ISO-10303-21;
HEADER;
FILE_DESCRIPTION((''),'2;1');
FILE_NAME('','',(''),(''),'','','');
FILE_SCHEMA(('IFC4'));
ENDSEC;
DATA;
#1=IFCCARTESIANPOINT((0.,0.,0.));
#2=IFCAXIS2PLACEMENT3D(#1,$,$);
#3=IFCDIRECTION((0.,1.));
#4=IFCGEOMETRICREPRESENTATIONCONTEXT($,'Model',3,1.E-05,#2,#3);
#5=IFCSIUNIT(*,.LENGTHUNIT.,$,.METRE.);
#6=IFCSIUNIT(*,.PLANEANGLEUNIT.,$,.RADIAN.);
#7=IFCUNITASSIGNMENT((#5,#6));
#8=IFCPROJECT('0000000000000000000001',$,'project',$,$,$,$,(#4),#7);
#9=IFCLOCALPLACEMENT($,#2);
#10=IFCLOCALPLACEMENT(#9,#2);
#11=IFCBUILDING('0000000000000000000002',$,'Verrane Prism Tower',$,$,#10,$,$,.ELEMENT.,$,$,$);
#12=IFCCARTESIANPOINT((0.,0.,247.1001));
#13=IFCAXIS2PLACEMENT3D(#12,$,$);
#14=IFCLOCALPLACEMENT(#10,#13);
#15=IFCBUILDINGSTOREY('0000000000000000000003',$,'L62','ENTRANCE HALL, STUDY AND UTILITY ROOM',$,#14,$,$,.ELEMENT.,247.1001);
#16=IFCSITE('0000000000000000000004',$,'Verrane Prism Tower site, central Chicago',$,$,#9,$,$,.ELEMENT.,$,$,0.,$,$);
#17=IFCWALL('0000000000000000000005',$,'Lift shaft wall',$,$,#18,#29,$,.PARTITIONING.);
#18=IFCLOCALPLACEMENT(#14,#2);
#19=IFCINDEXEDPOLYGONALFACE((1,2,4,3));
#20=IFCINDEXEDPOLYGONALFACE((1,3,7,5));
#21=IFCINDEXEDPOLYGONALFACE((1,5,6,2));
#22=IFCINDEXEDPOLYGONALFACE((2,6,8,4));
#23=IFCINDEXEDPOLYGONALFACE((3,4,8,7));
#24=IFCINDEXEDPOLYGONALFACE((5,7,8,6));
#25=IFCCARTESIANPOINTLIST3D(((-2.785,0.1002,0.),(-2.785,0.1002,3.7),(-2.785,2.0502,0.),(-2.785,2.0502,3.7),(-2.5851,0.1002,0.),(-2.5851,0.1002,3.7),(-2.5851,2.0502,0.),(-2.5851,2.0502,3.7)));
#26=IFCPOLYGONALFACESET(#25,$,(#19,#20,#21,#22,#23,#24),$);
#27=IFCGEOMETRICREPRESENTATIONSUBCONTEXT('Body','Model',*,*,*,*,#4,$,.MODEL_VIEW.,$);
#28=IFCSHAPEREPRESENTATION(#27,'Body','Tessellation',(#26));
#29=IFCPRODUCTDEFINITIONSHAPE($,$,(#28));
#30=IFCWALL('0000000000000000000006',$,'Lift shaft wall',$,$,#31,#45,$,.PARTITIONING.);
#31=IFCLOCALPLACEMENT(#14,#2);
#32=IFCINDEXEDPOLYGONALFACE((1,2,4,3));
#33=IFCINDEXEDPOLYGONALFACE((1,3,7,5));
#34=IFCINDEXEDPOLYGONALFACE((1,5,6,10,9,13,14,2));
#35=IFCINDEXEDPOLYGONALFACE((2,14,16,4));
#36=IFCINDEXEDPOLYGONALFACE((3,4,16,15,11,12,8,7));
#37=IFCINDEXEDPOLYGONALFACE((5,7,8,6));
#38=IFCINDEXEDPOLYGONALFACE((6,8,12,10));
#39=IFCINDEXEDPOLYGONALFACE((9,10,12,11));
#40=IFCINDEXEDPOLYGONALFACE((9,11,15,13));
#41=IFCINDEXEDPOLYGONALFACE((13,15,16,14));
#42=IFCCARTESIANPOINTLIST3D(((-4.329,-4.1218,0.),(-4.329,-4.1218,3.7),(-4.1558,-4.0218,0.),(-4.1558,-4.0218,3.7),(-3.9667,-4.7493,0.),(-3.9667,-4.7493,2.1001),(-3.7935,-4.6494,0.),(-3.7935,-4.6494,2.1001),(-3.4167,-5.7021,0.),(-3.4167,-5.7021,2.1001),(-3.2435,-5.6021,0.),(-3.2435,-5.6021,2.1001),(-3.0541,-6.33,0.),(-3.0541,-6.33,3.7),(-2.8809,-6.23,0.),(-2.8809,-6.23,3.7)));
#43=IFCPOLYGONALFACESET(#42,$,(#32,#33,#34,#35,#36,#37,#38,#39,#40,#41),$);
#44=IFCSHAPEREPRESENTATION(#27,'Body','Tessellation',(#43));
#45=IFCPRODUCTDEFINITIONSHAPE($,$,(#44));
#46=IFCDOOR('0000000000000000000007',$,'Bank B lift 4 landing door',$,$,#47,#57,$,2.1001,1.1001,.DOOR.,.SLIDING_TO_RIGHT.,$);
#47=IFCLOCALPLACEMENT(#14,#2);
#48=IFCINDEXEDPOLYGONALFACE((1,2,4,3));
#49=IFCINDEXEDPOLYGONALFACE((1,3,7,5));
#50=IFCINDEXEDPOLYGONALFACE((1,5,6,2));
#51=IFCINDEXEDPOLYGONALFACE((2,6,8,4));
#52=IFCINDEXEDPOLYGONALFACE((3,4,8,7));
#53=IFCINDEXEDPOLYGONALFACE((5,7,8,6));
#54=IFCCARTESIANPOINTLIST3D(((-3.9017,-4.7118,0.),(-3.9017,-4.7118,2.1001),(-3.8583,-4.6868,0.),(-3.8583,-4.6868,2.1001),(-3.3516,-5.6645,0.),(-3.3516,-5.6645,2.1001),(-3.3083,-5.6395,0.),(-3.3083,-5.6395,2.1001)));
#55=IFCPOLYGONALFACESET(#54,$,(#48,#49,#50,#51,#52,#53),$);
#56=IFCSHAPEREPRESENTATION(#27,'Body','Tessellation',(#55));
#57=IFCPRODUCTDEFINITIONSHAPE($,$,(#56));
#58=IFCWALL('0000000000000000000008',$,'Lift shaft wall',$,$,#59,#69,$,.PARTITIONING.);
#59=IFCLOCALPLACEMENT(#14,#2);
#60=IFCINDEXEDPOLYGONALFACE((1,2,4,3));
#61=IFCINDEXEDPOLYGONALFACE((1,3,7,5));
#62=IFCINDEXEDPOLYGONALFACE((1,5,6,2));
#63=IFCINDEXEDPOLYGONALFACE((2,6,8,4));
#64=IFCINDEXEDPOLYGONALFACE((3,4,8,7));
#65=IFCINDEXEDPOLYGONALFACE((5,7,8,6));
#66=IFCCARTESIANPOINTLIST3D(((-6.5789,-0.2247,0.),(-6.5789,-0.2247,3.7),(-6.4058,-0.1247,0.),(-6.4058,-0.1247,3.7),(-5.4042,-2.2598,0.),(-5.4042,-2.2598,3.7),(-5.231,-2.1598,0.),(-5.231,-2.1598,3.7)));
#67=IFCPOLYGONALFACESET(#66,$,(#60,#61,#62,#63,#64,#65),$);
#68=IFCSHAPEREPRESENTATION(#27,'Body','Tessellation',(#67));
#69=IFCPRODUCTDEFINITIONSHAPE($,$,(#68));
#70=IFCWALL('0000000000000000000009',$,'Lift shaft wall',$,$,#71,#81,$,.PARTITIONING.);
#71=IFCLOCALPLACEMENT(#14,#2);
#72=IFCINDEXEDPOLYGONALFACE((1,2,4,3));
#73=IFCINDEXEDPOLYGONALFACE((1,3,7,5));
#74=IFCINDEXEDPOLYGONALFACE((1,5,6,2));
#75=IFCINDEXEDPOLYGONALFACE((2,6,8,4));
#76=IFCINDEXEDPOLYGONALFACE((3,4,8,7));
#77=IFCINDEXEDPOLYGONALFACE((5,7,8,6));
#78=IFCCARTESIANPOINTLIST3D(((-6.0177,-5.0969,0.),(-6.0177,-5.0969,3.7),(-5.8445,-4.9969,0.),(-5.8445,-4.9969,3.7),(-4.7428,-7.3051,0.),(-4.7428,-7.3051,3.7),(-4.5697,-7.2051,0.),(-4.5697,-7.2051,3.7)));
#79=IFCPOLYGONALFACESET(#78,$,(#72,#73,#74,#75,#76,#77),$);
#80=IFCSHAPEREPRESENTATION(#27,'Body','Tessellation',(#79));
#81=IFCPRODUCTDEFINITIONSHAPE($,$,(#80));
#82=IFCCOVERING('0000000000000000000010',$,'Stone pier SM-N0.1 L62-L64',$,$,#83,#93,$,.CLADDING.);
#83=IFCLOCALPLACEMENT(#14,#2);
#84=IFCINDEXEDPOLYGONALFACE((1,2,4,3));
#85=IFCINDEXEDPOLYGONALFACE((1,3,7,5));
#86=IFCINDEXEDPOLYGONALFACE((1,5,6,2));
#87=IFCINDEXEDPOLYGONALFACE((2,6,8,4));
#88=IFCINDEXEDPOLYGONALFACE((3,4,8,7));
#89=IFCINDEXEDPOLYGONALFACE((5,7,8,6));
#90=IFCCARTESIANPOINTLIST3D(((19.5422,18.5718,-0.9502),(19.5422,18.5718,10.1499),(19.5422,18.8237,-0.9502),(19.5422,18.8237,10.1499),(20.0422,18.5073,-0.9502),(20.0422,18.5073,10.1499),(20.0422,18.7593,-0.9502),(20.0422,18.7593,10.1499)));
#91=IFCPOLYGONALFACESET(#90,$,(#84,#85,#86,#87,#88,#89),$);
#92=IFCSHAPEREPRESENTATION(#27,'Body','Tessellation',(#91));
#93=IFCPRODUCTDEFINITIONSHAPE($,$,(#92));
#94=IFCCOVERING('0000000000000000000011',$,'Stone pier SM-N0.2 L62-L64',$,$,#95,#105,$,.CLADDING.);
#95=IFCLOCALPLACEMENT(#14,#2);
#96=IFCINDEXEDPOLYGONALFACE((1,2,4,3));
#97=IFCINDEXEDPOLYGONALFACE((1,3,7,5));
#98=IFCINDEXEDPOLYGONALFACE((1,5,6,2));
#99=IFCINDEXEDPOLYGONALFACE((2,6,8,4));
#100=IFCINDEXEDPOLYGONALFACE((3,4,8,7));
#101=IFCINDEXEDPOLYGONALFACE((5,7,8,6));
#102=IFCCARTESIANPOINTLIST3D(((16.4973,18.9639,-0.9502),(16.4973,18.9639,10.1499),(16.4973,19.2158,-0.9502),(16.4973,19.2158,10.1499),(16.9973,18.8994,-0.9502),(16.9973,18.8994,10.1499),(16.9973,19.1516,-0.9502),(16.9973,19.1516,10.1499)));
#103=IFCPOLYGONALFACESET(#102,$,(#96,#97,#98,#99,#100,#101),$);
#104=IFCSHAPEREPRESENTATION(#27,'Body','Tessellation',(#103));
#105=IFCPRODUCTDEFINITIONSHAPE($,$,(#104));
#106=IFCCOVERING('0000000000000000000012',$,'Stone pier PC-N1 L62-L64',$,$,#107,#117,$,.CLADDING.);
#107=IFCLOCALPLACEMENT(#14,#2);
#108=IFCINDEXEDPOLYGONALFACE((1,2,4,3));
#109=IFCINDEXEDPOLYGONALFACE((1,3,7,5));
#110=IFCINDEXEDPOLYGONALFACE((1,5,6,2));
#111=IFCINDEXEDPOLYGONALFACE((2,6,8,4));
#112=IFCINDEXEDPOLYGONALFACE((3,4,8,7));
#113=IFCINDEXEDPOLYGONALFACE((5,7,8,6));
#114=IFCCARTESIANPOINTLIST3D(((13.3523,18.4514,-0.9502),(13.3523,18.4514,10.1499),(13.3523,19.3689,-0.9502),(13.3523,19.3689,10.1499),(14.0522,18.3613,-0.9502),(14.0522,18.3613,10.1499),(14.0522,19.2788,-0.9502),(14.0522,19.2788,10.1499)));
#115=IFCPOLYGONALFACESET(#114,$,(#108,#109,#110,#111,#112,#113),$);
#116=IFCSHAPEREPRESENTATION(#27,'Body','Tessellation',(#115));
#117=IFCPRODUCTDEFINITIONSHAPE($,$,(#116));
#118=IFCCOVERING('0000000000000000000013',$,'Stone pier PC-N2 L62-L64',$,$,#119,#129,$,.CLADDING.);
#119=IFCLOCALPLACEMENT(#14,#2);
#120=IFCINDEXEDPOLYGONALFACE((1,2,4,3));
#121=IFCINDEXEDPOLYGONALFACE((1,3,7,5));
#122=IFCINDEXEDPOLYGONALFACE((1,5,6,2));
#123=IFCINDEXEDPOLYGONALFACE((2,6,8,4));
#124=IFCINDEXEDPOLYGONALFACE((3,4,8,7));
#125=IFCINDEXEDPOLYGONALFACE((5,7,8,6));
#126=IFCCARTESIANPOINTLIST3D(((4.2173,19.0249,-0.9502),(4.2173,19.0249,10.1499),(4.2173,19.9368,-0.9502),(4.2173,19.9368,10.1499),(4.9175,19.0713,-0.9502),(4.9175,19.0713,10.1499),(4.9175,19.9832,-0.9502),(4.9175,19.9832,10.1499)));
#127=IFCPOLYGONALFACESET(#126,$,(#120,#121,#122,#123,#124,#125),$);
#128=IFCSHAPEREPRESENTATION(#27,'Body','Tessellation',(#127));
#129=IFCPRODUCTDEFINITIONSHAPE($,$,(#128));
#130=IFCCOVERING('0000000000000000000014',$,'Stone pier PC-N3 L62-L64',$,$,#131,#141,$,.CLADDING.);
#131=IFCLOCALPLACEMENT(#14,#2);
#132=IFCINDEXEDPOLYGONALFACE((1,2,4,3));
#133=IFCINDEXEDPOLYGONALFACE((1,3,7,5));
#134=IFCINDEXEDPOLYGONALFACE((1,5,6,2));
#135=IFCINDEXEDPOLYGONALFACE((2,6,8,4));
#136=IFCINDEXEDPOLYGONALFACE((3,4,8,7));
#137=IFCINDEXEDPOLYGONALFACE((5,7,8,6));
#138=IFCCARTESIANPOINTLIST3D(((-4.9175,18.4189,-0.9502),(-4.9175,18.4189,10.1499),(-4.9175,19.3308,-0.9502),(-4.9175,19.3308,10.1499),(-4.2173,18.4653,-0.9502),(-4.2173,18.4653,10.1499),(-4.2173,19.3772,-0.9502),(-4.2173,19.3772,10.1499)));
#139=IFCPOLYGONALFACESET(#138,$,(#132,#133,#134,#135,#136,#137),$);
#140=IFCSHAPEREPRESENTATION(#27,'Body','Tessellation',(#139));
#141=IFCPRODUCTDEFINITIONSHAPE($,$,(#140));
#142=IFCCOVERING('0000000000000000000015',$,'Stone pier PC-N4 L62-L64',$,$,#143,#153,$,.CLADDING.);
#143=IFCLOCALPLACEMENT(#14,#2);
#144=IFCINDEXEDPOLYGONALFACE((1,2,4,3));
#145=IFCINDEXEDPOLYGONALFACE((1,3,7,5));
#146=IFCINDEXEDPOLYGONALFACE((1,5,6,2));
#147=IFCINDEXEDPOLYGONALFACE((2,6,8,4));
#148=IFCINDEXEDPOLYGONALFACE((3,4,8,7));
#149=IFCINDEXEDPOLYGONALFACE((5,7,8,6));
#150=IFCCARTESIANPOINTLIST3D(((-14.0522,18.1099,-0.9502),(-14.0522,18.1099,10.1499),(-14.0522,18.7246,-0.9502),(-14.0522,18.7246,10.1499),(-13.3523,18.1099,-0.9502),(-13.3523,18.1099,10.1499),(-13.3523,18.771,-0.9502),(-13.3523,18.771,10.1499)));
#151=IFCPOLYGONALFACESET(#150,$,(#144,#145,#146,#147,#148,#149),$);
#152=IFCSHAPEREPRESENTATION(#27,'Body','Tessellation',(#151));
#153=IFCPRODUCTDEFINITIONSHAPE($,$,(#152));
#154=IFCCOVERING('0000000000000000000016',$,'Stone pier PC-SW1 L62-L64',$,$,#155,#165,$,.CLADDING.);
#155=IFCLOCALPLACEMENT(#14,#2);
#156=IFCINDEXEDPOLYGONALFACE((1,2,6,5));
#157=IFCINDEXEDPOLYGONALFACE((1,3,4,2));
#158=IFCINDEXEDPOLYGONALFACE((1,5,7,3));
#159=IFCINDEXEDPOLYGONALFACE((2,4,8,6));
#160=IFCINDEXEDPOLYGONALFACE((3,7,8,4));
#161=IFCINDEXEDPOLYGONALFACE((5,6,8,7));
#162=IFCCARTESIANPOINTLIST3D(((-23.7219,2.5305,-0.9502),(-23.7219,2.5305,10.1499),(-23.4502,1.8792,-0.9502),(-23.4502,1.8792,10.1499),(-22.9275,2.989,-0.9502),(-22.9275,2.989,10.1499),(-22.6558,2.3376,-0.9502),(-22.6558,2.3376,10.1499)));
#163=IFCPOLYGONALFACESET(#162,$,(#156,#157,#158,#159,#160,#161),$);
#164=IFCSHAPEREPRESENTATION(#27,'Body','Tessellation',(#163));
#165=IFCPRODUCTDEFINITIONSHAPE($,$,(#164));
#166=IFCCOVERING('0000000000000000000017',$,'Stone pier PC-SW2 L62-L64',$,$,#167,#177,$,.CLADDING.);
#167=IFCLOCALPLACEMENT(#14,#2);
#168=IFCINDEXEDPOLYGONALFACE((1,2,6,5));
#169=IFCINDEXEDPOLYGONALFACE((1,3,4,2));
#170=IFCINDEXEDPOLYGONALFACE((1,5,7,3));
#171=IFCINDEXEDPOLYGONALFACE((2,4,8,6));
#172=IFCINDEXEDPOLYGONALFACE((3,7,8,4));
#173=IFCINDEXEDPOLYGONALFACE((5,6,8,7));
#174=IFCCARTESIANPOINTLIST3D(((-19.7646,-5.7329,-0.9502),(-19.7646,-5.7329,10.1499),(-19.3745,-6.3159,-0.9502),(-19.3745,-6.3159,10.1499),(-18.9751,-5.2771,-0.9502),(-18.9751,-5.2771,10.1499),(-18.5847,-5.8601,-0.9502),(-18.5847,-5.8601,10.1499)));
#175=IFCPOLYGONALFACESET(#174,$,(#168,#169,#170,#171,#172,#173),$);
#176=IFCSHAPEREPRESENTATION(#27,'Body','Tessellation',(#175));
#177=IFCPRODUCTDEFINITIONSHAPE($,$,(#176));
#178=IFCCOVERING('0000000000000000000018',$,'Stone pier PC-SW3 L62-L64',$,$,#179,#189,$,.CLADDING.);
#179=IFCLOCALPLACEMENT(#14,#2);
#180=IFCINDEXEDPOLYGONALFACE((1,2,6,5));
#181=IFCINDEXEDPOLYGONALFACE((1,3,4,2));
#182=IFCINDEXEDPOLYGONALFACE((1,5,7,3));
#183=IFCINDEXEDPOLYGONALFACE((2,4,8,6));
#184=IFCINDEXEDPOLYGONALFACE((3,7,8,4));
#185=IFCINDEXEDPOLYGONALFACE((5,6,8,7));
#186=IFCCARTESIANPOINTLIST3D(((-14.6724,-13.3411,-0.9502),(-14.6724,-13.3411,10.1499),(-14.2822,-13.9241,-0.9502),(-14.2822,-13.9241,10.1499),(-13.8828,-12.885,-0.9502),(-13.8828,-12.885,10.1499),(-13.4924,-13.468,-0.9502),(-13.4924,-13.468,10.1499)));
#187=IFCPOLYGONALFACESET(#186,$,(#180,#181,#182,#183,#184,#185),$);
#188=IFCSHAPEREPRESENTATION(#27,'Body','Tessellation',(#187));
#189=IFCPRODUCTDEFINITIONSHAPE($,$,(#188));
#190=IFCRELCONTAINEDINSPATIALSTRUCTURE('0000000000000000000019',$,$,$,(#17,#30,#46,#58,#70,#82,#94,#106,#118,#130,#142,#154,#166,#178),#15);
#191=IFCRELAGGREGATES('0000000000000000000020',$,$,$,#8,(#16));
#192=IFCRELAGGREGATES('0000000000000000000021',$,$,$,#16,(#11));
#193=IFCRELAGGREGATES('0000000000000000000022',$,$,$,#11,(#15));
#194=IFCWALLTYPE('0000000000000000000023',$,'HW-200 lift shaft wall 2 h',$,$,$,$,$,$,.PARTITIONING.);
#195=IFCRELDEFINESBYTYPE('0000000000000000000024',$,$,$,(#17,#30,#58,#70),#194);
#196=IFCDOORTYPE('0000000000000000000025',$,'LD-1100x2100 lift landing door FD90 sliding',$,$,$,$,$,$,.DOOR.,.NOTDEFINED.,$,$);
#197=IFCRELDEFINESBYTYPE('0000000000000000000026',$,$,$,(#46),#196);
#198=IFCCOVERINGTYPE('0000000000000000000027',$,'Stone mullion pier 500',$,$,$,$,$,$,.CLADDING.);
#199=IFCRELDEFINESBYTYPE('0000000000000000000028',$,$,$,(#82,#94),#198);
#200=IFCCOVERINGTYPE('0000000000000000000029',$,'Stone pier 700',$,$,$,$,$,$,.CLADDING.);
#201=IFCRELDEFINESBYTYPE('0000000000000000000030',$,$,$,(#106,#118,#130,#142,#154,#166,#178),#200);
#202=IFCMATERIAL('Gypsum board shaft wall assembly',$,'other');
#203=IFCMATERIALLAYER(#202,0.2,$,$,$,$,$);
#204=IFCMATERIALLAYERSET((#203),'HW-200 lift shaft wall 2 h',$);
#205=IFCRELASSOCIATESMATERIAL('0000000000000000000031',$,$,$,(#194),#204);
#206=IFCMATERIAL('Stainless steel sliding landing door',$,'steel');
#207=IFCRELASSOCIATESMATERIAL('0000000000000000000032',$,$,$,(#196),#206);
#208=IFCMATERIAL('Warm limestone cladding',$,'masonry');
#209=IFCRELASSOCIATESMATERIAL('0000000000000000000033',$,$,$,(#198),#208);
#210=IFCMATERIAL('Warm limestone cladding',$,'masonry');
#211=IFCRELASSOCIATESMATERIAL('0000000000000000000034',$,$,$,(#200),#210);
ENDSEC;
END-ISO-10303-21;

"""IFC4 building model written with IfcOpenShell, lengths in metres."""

from ifc_helpers import new_model, si_unit, direction, frame, frame_2d, origin, place, context, subcontext, project, spatial, polyline, rectangle, outline, extrude, material, layer, layer_set, type_object, element, fill, save


model = new_model("IFC4")

# Units and contexts
model_context = context("Model", 3, precision=1e-05, world=origin(), true_north=direction((0.0, 1.0)))
body_context = subcontext(model_context, "Body", "Model", "MODEL_VIEW")
ifc_project = project(units=[si_unit("LENGTHUNIT", "METRE"), si_unit("PLANEANGLEUNIT", "RADIAN")], contexts=[model_context])

# Site, building, storey
site_placement = place(None, origin())
site = spatial("IfcSite", under=ifc_project, at=site_placement, Name="Verrane Prism Tower site, central Chicago", CompositionType="ELEMENT", RefElevation=0.0)
building_placement = place(site_placement, origin())
building = spatial("IfcBuilding", under=site, at=building_placement, Name="Verrane Prism Tower", CompositionType="ELEMENT")
storey_placement = place(building_placement, frame((0.0, 0.0, 247.1001)))
storey = spatial("IfcBuildingStorey", under=building, at=storey_placement, Name="L62", Description="ENTRANCE HALL, STUDY AND UTILITY ROOM", CompositionType="ELEMENT", Elevation=247.1001)

# Shared definitions
ifc_material_1 = material(Name="Gypsum board shaft wall assembly", Category="other")
ifc_layer_1 = layer(ifc_material_1, 0.2)
ifc_layer_set_1 = layer_set([ifc_layer_1], Name="HW-200 lift shaft wall 2 h")
wall_type_1 = type_object("IfcWallType", Name="HW-200 lift shaft wall 2 h", PredefinedType="PARTITIONING", material=ifc_layer_set_1)
ifc_material_2 = material(Name="Stainless steel sliding landing door", Category="steel")
door_type_1 = type_object("IfcDoorType", Name="LD-1100x2100 lift landing door FD90 sliding", OperationType="NOTDEFINED", PredefinedType="DOOR", material=ifc_material_2)

# Wall
wall_1_placement = place(storey_placement, frame((-2.6851, 0.1001, 0.0), z_axis=(0.0, 0.0, 1.0), x_axis=(0.0, 1.0, 0.0)))
element("IfcWall", 1, at=wall_1_placement, inside=storey, type_object=wall_type_1, Name="Lift shaft wall", PredefinedType="PARTITIONING", context=body_context, shape_type="SweptSolid", body=[
    extrude(rectangle(XDim=1.95, YDim=0.2, at=frame_2d((0.9751, 0.0))), origin(), (0.0, 0.0, 1.0), 3.7),
])

# Wall, opening, door
wall_2_placement = place(storey_placement, frame((-2.9675, -6.28, 0.0), z_axis=(0.0, 0.0, 1.0), x_axis=(-0.49999, 0.866031, 0.0)))
wall_2 = element("IfcWall", 2, at=wall_2_placement, inside=storey, type_object=wall_type_1, Name="Lift shaft wall", PredefinedType="PARTITIONING", context=body_context, shape_type="SweptSolid", body=[
    extrude(rectangle(XDim=2.5498, YDim=0.2, at=frame_2d((1.2749, 0.0))), origin(), (0.0, 0.0, 1.0), 3.7),
])
opening_1_placement = place(wall_2_placement, frame((0.7251, 0.0, 0.0)))
opening_1 = element("IfcOpeningElement", 3, at=opening_1_placement, cuts=wall_2, PredefinedType="OPENING", context=body_context, shape_type="SweptSolid", body=[
    extrude(rectangle(XDim=1.1001, YDim=2.1001, at=frame_2d((0.55, 1.05))), frame((0.0, 0.1099, 0.0), z_axis=(0.0, -1.0, 0.0), x_axis=(1.0, 0.0, 0.0)), (0.0, 0.0, 1.0), 0.22),
])
door_1_placement = place(opening_1_placement, origin())
door_1 = element("IfcDoor", 4, at=door_1_placement, inside=storey, type_object=door_type_1, Name="Bank B lift 4 landing door", OperationType="SLIDING_TO_RIGHT", OverallHeight=2.1001, OverallWidth=1.1001, PredefinedType="DOOR", context=body_context, shape_type="SweptSolid", body=[
    extrude(rectangle(XDim=1.1001, YDim=2.1001, at=frame_2d((0.55, 1.05))), frame((0.0, 0.0249, 0.0), z_axis=(0.0, -1.0, 0.0), x_axis=(1.0, 0.0, 0.0)), (0.0, 0.0, 1.0), 0.05),
])
fill(opening_1, door_1)

# Walls
wall_3_placement = place(storey_placement, frame((-5.3176, -2.2097, 0.0), z_axis=(0.0, 0.0, 1.0), x_axis=(-0.499938, 0.866061, 0.0)))
element("IfcWall", 5, at=wall_3_placement, inside=storey, type_object=wall_type_1, Name="Lift shaft wall", PredefinedType="PARTITIONING", context=body_context, shape_type="SweptSolid", body=[
    extrude(rectangle(XDim=2.3499, YDim=0.2, at=frame_2d((1.1748, 0.0))), origin(), (0.0, 0.0, 1.0), 3.7),
])
wall_4_placement = place(storey_placement, frame((-4.6562, -7.2551, 0.0), z_axis=(0.0, 0.0, 1.0), x_axis=(-0.49999, 0.866031, 0.0)))
element("IfcWall", 6, at=wall_4_placement, inside=storey, type_object=wall_type_1, Name="Lift shaft wall", PredefinedType="PARTITIONING", context=body_context, shape_type="SweptSolid", body=[
    extrude(rectangle(XDim=2.5498, YDim=0.2, at=frame_2d((1.2749, 0.0))), origin(), (0.0, 0.0, 1.0), 3.7),
])

# Coverings
ifc_material_3 = material(Name="Warm limestone cladding", Category="masonry")
covering_type_1 = type_object("IfcCoveringType", Name="Stone mullion pier 500", PredefinedType="CLADDING", material=ifc_material_3)
covering_1_placement = place(storey_placement, frame((0.0, 0.0, -0.9502)))
element("IfcCovering", 7, at=covering_1_placement, inside=storey, type_object=covering_type_1, Name="Stone pier SM-N0.1 L62-L64", PredefinedType="CLADDING", context=body_context, shape_type="SweptSolid", body=[
    extrude(outline(polyline([(19.5422, 18.5718), (20.0422, 18.5073), (20.0422, 18.7593), (19.5422, 18.8237), (19.5422, 18.5718)])), origin(), (0.0, 0.0, 1.0), 11.1001),
])
covering_2_placement = place(storey_placement, frame((0.0, 0.0, -0.9502)))
element("IfcCovering", 8, at=covering_2_placement, inside=storey, type_object=covering_type_1, Name="Stone pier SM-N0.2 L62-L64", PredefinedType="CLADDING", context=body_context, shape_type="SweptSolid", body=[
    extrude(outline(polyline([(16.4973, 18.9639), (16.9973, 18.8994), (16.9973, 19.1516), (16.4973, 19.2158), (16.4973, 18.9639)])), origin(), (0.0, 0.0, 1.0), 11.1001),
])
ifc_material_4 = material(Name="Warm limestone cladding", Category="masonry")
covering_type_2 = type_object("IfcCoveringType", Name="Stone pier 700", PredefinedType="CLADDING", material=ifc_material_4)
covering_3_placement = place(storey_placement, frame((0.0, 0.0, -0.9502)))
element("IfcCovering", 9, at=covering_3_placement, inside=storey, type_object=covering_type_2, Name="Stone pier PC-N1 L62-L64", PredefinedType="CLADDING", context=body_context, shape_type="SweptSolid", body=[
    extrude(outline(polyline([(13.3523, 19.3689), (13.3523, 18.4514), (14.0522, 18.3613), (14.0522, 19.2788), (13.3523, 19.3689)])), origin(), (0.0, 0.0, 1.0), 11.1001),
])
covering_4_placement = place(storey_placement, frame((0.0, 0.0, -0.9502)))
element("IfcCovering", 10, at=covering_4_placement, inside=storey, type_object=covering_type_2, Name="Stone pier PC-N2 L62-L64", PredefinedType="CLADDING", context=body_context, shape_type="SweptSolid", body=[
    extrude(outline(polyline([(4.2173, 19.9368), (4.2173, 19.0249), (4.9175, 19.0713), (4.9175, 19.9832), (4.2173, 19.9368)])), origin(), (0.0, 0.0, 1.0), 11.1001),
])
covering_5_placement = place(storey_placement, frame((0.0, 0.0, -0.9502)))
element("IfcCovering", 11, at=covering_5_placement, inside=storey, type_object=covering_type_2, Name="Stone pier PC-N3 L62-L64", PredefinedType="CLADDING", context=body_context, shape_type="SweptSolid", body=[
    extrude(outline(polyline([(-4.9175, 19.3308), (-4.9175, 18.4189), (-4.2173, 18.4653), (-4.2173, 19.3772), (-4.9175, 19.3308)])), origin(), (0.0, 0.0, 1.0), 11.1001),
])
covering_6_placement = place(storey_placement, frame((0.0, 0.0, -0.9502)))
element("IfcCovering", 12, at=covering_6_placement, inside=storey, type_object=covering_type_2, Name="Stone pier PC-N4 L62-L64", PredefinedType="CLADDING", context=body_context, shape_type="SweptSolid", body=[
    extrude(outline(polyline([(-14.0522, 18.1099), (-13.3523, 18.1099), (-13.3523, 18.771), (-14.0522, 18.7246), (-14.0522, 18.1099)])), origin(), (0.0, 0.0, 1.0), 11.1001),
])
covering_7_placement = place(storey_placement, frame((0.0, 0.0, -0.9502)))
element("IfcCovering", 13, at=covering_7_placement, inside=storey, type_object=covering_type_2, Name="Stone pier PC-SW1 L62-L64", PredefinedType="CLADDING", context=body_context, shape_type="SweptSolid", body=[
    extrude(outline(polyline([(-23.4502, 1.8792), (-22.6558, 2.3376), (-22.9275, 2.989), (-23.7219, 2.5305), (-23.4502, 1.8792)])), origin(), (0.0, 0.0, 1.0), 11.1001),
])
covering_8_placement = place(storey_placement, frame((0.0, 0.0, -0.9502)))
element("IfcCovering", 14, at=covering_8_placement, inside=storey, type_object=covering_type_2, Name="Stone pier PC-SW2 L62-L64", PredefinedType="CLADDING", context=body_context, shape_type="SweptSolid", body=[
    extrude(outline(polyline([(-19.3745, -6.3159), (-18.5847, -5.8601), (-18.9751, -5.2771), (-19.7646, -5.7329), (-19.3745, -6.3159)])), origin(), (0.0, 0.0, 1.0), 11.1001),
])
covering_9_placement = place(storey_placement, frame((0.0, 0.0, -0.9502)))
element("IfcCovering", 15, at=covering_9_placement, inside=storey, type_object=covering_type_2, Name="Stone pier PC-SW3 L62-L64", PredefinedType="CLADDING", context=body_context, shape_type="SweptSolid", body=[
    extrude(outline(polyline([(-14.2822, -13.9241), (-13.4924, -13.468), (-13.8828, -12.885), (-14.6724, -13.3411), (-14.2822, -13.9241)])), origin(), (0.0, 0.0, 1.0), 11.1001),
])

save(model, "model.ifc")
